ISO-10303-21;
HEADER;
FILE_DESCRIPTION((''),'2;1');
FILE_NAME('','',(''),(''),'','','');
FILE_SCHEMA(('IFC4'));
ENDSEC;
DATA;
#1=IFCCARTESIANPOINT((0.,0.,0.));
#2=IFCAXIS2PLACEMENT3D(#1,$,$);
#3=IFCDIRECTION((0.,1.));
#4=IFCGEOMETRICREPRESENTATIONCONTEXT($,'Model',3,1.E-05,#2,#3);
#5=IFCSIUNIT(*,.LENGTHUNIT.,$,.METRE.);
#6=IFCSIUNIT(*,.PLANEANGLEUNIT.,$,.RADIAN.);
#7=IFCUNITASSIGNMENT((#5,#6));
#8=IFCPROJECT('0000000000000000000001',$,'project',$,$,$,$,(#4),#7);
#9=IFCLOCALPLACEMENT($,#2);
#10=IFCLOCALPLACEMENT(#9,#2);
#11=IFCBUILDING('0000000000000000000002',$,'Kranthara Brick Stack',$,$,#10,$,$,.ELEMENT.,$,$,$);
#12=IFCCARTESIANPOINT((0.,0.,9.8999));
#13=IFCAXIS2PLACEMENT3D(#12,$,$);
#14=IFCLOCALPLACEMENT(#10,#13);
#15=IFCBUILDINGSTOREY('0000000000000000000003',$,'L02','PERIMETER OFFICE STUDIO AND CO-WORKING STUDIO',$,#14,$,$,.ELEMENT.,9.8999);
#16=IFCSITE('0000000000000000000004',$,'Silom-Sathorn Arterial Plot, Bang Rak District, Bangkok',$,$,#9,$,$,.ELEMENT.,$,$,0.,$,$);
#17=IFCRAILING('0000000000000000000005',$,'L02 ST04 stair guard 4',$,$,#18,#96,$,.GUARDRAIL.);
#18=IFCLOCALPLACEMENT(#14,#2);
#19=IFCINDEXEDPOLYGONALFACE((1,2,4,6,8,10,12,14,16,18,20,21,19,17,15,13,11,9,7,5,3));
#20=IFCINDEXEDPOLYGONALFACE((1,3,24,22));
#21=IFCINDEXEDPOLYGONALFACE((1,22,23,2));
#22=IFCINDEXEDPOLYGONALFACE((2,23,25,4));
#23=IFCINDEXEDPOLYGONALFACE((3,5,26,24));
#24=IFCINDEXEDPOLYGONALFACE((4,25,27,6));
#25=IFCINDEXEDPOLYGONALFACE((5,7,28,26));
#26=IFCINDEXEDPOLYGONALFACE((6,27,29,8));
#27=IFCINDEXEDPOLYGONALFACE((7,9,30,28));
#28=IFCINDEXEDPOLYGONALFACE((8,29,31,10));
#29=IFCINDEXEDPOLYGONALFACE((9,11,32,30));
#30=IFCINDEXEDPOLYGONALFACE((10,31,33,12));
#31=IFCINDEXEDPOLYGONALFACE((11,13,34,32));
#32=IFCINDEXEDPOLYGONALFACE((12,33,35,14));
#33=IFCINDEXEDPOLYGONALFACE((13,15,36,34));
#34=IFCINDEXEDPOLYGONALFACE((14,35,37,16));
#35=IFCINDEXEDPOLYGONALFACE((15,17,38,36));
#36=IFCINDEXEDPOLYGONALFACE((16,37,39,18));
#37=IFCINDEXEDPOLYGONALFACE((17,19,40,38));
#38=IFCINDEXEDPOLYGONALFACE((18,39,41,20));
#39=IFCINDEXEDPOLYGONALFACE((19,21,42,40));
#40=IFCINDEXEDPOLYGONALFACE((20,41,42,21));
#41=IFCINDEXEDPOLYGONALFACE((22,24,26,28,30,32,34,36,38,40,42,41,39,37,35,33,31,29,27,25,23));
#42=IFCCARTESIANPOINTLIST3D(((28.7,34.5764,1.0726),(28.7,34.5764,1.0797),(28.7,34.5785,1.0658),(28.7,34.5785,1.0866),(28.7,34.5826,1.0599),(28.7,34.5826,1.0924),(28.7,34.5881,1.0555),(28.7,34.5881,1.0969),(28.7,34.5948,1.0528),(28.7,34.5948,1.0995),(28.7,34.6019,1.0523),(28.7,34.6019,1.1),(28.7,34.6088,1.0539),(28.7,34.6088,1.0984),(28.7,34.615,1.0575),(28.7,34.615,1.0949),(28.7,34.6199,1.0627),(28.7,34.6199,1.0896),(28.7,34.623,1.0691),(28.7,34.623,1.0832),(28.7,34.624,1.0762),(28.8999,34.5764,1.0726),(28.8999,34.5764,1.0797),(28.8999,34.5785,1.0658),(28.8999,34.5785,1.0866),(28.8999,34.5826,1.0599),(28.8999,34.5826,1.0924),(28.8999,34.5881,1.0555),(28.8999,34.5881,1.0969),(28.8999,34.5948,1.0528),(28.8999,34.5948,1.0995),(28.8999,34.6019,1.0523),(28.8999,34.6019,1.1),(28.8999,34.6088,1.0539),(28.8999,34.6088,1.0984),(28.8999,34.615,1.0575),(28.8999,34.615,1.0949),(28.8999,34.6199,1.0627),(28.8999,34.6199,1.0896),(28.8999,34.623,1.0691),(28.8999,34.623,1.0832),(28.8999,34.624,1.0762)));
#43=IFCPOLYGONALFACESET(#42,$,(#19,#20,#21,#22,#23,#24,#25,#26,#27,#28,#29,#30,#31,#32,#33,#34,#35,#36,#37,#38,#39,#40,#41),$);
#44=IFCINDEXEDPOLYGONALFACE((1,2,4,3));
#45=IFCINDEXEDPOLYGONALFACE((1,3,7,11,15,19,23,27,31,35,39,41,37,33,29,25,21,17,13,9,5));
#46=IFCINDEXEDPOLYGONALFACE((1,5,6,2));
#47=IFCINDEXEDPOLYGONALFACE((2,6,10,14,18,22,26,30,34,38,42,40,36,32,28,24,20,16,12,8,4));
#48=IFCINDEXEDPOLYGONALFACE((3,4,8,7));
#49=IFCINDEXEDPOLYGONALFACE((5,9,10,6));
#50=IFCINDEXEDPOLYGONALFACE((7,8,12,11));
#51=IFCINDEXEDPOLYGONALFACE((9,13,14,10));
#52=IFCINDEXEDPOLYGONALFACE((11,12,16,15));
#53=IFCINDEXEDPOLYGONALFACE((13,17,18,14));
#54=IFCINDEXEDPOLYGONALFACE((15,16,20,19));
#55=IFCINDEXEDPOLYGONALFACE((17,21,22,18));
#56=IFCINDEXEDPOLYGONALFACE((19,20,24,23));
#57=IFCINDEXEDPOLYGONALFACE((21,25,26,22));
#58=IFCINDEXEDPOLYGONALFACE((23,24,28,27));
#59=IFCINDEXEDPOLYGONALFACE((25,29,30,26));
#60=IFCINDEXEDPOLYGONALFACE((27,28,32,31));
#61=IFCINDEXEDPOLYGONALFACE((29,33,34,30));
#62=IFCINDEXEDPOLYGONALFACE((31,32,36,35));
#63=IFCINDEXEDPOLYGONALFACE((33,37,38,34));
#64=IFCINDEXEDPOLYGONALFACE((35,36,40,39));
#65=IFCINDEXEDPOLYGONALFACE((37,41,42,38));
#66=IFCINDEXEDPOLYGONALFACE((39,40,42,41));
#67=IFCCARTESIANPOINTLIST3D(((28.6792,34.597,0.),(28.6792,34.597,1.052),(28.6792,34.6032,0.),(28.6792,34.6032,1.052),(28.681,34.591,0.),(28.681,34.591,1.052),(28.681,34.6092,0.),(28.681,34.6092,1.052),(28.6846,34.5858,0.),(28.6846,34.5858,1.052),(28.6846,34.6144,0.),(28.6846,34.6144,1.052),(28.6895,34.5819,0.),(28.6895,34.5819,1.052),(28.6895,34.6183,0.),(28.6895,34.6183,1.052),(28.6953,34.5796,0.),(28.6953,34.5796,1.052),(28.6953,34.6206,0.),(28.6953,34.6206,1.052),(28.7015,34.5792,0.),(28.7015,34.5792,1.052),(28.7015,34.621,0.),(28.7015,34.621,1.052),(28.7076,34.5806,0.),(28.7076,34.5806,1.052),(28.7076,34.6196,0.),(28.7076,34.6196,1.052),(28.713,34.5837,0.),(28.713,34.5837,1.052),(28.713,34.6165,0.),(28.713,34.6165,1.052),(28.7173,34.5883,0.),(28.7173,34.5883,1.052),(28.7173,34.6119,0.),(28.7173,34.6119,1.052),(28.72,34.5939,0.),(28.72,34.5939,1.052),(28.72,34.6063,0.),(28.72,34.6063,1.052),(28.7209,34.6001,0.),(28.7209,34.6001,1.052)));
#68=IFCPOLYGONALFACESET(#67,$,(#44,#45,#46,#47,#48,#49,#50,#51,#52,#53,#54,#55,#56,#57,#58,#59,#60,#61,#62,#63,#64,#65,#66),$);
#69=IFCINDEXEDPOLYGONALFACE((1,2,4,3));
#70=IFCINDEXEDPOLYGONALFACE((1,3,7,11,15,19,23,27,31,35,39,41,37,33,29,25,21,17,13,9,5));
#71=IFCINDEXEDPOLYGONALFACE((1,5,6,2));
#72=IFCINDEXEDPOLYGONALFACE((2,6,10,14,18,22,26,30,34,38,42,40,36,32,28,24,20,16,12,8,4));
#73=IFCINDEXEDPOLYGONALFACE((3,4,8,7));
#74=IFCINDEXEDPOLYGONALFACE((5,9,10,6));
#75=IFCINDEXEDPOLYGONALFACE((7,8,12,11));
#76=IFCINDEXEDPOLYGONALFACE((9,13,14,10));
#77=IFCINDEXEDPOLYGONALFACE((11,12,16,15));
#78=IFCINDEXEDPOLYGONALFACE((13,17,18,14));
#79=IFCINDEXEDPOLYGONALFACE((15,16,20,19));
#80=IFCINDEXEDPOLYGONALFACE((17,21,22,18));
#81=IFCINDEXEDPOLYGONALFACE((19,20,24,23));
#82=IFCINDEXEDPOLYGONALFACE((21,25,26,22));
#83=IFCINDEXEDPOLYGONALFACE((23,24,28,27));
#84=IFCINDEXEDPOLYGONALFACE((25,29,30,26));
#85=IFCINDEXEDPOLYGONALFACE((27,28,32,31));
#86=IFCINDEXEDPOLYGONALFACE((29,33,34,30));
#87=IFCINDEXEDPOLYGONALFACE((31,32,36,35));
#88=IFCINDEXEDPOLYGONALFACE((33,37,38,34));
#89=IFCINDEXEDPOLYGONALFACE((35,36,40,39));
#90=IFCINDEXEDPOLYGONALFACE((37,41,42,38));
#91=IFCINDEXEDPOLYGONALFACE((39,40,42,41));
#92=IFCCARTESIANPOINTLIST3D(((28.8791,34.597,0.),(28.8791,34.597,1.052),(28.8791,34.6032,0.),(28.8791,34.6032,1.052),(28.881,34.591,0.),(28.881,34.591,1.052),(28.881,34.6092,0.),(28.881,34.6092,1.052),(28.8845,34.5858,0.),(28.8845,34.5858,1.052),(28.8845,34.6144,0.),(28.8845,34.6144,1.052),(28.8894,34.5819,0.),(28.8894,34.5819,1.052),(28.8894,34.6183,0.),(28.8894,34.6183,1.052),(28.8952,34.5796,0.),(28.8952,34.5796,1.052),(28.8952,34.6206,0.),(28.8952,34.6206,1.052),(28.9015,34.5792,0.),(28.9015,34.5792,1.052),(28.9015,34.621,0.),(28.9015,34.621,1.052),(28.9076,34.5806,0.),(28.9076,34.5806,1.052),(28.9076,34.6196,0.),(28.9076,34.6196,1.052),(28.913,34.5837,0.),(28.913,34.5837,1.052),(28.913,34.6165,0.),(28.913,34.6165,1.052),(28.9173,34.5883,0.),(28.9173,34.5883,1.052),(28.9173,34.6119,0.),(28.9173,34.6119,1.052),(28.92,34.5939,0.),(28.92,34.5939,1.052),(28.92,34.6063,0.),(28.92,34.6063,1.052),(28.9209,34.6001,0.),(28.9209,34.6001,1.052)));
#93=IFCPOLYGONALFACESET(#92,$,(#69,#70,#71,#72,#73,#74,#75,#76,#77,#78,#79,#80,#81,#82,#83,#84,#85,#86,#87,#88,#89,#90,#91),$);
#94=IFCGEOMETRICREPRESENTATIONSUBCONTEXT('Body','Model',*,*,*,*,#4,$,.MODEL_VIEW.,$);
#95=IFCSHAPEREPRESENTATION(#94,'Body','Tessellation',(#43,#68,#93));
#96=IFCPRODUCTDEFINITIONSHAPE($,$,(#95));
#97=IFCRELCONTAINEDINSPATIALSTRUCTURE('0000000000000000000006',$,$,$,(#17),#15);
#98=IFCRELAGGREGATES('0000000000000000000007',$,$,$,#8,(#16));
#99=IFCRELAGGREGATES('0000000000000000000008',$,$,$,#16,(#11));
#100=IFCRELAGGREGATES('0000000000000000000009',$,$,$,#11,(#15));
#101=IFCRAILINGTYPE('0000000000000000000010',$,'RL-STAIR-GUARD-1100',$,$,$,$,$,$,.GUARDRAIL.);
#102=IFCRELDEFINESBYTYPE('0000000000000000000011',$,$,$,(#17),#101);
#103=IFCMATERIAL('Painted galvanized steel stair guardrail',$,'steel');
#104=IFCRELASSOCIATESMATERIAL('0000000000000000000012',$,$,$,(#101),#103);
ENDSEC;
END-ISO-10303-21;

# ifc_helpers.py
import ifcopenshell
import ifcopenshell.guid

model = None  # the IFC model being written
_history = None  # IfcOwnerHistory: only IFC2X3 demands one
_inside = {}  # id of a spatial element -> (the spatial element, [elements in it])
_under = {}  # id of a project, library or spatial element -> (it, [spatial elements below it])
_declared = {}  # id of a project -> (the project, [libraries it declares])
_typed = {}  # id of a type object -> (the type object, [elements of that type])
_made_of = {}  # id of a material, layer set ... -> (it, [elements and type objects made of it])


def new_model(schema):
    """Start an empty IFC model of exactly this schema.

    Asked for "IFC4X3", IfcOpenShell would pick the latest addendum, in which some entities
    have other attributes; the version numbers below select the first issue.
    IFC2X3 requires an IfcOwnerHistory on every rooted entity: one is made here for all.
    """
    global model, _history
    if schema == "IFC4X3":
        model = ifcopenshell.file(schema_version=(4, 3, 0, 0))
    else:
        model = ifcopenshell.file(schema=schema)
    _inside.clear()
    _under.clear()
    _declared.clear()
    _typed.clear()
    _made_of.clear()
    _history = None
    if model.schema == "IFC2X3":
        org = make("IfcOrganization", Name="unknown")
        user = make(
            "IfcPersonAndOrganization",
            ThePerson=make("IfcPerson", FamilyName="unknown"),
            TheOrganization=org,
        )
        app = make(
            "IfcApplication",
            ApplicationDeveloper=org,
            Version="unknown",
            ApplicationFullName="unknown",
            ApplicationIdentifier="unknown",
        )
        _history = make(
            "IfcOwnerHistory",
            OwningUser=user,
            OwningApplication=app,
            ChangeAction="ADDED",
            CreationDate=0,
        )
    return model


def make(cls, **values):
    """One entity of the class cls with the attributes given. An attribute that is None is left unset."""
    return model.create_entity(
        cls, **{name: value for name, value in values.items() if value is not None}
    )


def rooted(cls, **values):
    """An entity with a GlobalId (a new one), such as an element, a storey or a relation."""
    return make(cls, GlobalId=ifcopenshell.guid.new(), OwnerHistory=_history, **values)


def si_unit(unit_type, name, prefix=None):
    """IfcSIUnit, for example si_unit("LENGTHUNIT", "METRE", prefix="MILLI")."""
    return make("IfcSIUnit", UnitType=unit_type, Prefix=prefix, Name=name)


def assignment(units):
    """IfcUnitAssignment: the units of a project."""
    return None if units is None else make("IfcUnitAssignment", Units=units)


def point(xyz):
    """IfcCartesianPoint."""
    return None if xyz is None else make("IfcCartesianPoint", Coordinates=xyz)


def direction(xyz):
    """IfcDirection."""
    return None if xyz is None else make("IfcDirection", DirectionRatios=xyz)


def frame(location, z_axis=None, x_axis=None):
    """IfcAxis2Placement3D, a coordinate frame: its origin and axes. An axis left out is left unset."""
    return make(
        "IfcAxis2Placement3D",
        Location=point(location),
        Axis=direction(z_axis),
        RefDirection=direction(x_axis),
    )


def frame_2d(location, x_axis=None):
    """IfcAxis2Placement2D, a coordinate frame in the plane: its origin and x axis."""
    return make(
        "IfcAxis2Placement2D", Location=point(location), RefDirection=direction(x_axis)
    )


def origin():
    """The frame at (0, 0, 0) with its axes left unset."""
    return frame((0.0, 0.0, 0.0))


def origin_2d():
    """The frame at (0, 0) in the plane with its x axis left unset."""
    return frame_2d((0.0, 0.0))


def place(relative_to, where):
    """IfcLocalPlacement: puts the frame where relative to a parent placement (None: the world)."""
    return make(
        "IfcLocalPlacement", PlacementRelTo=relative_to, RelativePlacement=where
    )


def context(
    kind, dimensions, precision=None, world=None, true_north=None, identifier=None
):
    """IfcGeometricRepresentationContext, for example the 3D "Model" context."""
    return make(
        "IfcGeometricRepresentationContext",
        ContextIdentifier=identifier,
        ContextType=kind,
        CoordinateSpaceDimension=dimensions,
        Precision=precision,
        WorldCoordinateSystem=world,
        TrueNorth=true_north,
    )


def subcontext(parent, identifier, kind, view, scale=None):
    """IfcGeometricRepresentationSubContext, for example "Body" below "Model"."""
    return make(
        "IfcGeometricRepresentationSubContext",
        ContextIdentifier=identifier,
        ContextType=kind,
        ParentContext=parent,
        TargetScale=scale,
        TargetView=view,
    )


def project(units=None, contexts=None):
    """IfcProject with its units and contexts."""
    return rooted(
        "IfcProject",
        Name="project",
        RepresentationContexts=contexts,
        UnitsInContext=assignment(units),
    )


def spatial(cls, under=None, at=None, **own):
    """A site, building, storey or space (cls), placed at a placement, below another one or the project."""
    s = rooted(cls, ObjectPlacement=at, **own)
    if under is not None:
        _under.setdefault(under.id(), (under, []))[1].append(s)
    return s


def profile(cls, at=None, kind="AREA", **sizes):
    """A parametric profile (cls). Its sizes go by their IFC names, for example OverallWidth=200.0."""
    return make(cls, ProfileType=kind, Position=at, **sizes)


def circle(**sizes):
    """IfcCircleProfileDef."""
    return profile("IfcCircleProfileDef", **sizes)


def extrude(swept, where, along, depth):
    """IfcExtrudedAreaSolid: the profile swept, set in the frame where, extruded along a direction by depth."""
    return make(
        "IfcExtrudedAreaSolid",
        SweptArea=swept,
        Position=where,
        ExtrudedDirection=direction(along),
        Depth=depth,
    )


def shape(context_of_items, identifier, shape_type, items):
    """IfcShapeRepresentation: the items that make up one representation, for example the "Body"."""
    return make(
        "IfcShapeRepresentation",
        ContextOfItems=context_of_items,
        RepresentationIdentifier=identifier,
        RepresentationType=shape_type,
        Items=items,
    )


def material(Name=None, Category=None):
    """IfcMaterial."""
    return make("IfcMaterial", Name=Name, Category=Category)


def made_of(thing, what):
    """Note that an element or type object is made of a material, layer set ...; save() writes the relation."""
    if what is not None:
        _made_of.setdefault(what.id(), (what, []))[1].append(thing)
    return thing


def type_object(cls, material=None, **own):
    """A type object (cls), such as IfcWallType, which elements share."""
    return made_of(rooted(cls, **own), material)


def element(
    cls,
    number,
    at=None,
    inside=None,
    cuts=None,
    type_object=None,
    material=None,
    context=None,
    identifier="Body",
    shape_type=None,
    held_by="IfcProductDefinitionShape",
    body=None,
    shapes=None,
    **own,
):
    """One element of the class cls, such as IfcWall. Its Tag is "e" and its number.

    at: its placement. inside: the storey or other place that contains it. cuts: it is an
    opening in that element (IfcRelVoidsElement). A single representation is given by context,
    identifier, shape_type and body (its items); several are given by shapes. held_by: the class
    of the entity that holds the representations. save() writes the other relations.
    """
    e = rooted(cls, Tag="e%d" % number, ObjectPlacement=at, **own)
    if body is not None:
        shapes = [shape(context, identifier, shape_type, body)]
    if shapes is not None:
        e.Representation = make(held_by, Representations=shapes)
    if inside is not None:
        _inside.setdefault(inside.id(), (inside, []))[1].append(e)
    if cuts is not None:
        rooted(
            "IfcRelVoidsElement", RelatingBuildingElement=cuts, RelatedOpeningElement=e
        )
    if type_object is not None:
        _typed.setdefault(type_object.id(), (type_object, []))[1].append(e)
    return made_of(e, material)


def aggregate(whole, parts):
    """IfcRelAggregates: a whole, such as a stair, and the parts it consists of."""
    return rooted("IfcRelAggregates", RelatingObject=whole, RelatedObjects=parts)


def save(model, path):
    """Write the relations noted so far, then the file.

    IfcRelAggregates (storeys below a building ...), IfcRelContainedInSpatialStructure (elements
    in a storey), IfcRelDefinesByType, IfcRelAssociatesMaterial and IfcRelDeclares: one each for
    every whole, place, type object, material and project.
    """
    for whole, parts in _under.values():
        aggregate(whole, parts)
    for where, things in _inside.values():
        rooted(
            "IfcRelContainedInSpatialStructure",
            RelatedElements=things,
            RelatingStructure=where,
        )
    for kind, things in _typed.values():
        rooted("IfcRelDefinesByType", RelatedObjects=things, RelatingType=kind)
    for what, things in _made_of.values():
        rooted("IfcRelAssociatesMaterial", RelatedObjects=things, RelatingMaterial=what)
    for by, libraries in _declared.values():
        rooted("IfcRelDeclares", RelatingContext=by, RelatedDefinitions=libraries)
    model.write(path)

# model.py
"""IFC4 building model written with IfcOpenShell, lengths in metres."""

from ifc_helpers import new_model, si_unit, direction, frame, origin, origin_2d, place, context, subcontext, project, spatial, circle, extrude, material, type_object, element, save


model = new_model("IFC4")

# Units and contexts
model_context = context("Model", 3, precision=1e-05, world=origin(), true_north=direction((0.0, 1.0)))
body_context = subcontext(model_context, "Body", "Model", "MODEL_VIEW")
ifc_project = project(units=[si_unit("LENGTHUNIT", "METRE"), si_unit("PLANEANGLEUNIT", "RADIAN")], contexts=[model_context])

# Site, building, storey
site_placement = place(None, origin())
site = spatial("IfcSite", under=ifc_project, at=site_placement, Name="Silom-Sathorn Arterial Plot, Bang Rak District, Bangkok", CompositionType="ELEMENT", RefElevation=0.0)
building_placement = place(site_placement, origin())
building = spatial("IfcBuilding", under=site, at=building_placement, Name="Kranthara Brick Stack", CompositionType="ELEMENT")
storey_placement = place(building_placement, frame((0.0, 0.0, 9.8999)))
storey = spatial("IfcBuildingStorey", under=building, at=storey_placement, Name="L02", Description="PERIMETER OFFICE STUDIO AND CO-WORKING STUDIO", CompositionType="ELEMENT", Elevation=9.8999)

# Railing
ifc_material_1 = material(Name="Painted galvanized steel stair guardrail", Category="steel")
railing_type_1 = type_object("IfcRailingType", Name="RL-STAIR-GUARD-1100", PredefinedType="GUARDRAIL", material=ifc_material_1)
railing_1_placement = place(storey_placement, frame((28.7, 34.6001, 0.0)))
element("IfcRailing", 1, at=railing_1_placement, inside=storey, type_object=railing_type_1, Name="L02 ST04 stair guard 4", PredefinedType="GUARDRAIL", context=body_context, shape_type="SweptSolid", body=[
    extrude(circle(Radius=0.0239, at=origin_2d()), frame((0.0, 0.0, 1.0762), z_axis=(1.0, 0.0, 0.0), x_axis=(0.0, 1.0, 0.0)), (0.0, 0.0, 1.0), 0.2),
    extrude(circle(Radius=0.021, at=origin_2d()), origin(), (0.0, 0.0, 1.0), 1.052),
    extrude(circle(Radius=0.021, at=origin_2d()), frame((0.2, 0.0, 0.0)), (0.0, 0.0, 1.0), 1.052),
])

save(model, "model.ifc")
